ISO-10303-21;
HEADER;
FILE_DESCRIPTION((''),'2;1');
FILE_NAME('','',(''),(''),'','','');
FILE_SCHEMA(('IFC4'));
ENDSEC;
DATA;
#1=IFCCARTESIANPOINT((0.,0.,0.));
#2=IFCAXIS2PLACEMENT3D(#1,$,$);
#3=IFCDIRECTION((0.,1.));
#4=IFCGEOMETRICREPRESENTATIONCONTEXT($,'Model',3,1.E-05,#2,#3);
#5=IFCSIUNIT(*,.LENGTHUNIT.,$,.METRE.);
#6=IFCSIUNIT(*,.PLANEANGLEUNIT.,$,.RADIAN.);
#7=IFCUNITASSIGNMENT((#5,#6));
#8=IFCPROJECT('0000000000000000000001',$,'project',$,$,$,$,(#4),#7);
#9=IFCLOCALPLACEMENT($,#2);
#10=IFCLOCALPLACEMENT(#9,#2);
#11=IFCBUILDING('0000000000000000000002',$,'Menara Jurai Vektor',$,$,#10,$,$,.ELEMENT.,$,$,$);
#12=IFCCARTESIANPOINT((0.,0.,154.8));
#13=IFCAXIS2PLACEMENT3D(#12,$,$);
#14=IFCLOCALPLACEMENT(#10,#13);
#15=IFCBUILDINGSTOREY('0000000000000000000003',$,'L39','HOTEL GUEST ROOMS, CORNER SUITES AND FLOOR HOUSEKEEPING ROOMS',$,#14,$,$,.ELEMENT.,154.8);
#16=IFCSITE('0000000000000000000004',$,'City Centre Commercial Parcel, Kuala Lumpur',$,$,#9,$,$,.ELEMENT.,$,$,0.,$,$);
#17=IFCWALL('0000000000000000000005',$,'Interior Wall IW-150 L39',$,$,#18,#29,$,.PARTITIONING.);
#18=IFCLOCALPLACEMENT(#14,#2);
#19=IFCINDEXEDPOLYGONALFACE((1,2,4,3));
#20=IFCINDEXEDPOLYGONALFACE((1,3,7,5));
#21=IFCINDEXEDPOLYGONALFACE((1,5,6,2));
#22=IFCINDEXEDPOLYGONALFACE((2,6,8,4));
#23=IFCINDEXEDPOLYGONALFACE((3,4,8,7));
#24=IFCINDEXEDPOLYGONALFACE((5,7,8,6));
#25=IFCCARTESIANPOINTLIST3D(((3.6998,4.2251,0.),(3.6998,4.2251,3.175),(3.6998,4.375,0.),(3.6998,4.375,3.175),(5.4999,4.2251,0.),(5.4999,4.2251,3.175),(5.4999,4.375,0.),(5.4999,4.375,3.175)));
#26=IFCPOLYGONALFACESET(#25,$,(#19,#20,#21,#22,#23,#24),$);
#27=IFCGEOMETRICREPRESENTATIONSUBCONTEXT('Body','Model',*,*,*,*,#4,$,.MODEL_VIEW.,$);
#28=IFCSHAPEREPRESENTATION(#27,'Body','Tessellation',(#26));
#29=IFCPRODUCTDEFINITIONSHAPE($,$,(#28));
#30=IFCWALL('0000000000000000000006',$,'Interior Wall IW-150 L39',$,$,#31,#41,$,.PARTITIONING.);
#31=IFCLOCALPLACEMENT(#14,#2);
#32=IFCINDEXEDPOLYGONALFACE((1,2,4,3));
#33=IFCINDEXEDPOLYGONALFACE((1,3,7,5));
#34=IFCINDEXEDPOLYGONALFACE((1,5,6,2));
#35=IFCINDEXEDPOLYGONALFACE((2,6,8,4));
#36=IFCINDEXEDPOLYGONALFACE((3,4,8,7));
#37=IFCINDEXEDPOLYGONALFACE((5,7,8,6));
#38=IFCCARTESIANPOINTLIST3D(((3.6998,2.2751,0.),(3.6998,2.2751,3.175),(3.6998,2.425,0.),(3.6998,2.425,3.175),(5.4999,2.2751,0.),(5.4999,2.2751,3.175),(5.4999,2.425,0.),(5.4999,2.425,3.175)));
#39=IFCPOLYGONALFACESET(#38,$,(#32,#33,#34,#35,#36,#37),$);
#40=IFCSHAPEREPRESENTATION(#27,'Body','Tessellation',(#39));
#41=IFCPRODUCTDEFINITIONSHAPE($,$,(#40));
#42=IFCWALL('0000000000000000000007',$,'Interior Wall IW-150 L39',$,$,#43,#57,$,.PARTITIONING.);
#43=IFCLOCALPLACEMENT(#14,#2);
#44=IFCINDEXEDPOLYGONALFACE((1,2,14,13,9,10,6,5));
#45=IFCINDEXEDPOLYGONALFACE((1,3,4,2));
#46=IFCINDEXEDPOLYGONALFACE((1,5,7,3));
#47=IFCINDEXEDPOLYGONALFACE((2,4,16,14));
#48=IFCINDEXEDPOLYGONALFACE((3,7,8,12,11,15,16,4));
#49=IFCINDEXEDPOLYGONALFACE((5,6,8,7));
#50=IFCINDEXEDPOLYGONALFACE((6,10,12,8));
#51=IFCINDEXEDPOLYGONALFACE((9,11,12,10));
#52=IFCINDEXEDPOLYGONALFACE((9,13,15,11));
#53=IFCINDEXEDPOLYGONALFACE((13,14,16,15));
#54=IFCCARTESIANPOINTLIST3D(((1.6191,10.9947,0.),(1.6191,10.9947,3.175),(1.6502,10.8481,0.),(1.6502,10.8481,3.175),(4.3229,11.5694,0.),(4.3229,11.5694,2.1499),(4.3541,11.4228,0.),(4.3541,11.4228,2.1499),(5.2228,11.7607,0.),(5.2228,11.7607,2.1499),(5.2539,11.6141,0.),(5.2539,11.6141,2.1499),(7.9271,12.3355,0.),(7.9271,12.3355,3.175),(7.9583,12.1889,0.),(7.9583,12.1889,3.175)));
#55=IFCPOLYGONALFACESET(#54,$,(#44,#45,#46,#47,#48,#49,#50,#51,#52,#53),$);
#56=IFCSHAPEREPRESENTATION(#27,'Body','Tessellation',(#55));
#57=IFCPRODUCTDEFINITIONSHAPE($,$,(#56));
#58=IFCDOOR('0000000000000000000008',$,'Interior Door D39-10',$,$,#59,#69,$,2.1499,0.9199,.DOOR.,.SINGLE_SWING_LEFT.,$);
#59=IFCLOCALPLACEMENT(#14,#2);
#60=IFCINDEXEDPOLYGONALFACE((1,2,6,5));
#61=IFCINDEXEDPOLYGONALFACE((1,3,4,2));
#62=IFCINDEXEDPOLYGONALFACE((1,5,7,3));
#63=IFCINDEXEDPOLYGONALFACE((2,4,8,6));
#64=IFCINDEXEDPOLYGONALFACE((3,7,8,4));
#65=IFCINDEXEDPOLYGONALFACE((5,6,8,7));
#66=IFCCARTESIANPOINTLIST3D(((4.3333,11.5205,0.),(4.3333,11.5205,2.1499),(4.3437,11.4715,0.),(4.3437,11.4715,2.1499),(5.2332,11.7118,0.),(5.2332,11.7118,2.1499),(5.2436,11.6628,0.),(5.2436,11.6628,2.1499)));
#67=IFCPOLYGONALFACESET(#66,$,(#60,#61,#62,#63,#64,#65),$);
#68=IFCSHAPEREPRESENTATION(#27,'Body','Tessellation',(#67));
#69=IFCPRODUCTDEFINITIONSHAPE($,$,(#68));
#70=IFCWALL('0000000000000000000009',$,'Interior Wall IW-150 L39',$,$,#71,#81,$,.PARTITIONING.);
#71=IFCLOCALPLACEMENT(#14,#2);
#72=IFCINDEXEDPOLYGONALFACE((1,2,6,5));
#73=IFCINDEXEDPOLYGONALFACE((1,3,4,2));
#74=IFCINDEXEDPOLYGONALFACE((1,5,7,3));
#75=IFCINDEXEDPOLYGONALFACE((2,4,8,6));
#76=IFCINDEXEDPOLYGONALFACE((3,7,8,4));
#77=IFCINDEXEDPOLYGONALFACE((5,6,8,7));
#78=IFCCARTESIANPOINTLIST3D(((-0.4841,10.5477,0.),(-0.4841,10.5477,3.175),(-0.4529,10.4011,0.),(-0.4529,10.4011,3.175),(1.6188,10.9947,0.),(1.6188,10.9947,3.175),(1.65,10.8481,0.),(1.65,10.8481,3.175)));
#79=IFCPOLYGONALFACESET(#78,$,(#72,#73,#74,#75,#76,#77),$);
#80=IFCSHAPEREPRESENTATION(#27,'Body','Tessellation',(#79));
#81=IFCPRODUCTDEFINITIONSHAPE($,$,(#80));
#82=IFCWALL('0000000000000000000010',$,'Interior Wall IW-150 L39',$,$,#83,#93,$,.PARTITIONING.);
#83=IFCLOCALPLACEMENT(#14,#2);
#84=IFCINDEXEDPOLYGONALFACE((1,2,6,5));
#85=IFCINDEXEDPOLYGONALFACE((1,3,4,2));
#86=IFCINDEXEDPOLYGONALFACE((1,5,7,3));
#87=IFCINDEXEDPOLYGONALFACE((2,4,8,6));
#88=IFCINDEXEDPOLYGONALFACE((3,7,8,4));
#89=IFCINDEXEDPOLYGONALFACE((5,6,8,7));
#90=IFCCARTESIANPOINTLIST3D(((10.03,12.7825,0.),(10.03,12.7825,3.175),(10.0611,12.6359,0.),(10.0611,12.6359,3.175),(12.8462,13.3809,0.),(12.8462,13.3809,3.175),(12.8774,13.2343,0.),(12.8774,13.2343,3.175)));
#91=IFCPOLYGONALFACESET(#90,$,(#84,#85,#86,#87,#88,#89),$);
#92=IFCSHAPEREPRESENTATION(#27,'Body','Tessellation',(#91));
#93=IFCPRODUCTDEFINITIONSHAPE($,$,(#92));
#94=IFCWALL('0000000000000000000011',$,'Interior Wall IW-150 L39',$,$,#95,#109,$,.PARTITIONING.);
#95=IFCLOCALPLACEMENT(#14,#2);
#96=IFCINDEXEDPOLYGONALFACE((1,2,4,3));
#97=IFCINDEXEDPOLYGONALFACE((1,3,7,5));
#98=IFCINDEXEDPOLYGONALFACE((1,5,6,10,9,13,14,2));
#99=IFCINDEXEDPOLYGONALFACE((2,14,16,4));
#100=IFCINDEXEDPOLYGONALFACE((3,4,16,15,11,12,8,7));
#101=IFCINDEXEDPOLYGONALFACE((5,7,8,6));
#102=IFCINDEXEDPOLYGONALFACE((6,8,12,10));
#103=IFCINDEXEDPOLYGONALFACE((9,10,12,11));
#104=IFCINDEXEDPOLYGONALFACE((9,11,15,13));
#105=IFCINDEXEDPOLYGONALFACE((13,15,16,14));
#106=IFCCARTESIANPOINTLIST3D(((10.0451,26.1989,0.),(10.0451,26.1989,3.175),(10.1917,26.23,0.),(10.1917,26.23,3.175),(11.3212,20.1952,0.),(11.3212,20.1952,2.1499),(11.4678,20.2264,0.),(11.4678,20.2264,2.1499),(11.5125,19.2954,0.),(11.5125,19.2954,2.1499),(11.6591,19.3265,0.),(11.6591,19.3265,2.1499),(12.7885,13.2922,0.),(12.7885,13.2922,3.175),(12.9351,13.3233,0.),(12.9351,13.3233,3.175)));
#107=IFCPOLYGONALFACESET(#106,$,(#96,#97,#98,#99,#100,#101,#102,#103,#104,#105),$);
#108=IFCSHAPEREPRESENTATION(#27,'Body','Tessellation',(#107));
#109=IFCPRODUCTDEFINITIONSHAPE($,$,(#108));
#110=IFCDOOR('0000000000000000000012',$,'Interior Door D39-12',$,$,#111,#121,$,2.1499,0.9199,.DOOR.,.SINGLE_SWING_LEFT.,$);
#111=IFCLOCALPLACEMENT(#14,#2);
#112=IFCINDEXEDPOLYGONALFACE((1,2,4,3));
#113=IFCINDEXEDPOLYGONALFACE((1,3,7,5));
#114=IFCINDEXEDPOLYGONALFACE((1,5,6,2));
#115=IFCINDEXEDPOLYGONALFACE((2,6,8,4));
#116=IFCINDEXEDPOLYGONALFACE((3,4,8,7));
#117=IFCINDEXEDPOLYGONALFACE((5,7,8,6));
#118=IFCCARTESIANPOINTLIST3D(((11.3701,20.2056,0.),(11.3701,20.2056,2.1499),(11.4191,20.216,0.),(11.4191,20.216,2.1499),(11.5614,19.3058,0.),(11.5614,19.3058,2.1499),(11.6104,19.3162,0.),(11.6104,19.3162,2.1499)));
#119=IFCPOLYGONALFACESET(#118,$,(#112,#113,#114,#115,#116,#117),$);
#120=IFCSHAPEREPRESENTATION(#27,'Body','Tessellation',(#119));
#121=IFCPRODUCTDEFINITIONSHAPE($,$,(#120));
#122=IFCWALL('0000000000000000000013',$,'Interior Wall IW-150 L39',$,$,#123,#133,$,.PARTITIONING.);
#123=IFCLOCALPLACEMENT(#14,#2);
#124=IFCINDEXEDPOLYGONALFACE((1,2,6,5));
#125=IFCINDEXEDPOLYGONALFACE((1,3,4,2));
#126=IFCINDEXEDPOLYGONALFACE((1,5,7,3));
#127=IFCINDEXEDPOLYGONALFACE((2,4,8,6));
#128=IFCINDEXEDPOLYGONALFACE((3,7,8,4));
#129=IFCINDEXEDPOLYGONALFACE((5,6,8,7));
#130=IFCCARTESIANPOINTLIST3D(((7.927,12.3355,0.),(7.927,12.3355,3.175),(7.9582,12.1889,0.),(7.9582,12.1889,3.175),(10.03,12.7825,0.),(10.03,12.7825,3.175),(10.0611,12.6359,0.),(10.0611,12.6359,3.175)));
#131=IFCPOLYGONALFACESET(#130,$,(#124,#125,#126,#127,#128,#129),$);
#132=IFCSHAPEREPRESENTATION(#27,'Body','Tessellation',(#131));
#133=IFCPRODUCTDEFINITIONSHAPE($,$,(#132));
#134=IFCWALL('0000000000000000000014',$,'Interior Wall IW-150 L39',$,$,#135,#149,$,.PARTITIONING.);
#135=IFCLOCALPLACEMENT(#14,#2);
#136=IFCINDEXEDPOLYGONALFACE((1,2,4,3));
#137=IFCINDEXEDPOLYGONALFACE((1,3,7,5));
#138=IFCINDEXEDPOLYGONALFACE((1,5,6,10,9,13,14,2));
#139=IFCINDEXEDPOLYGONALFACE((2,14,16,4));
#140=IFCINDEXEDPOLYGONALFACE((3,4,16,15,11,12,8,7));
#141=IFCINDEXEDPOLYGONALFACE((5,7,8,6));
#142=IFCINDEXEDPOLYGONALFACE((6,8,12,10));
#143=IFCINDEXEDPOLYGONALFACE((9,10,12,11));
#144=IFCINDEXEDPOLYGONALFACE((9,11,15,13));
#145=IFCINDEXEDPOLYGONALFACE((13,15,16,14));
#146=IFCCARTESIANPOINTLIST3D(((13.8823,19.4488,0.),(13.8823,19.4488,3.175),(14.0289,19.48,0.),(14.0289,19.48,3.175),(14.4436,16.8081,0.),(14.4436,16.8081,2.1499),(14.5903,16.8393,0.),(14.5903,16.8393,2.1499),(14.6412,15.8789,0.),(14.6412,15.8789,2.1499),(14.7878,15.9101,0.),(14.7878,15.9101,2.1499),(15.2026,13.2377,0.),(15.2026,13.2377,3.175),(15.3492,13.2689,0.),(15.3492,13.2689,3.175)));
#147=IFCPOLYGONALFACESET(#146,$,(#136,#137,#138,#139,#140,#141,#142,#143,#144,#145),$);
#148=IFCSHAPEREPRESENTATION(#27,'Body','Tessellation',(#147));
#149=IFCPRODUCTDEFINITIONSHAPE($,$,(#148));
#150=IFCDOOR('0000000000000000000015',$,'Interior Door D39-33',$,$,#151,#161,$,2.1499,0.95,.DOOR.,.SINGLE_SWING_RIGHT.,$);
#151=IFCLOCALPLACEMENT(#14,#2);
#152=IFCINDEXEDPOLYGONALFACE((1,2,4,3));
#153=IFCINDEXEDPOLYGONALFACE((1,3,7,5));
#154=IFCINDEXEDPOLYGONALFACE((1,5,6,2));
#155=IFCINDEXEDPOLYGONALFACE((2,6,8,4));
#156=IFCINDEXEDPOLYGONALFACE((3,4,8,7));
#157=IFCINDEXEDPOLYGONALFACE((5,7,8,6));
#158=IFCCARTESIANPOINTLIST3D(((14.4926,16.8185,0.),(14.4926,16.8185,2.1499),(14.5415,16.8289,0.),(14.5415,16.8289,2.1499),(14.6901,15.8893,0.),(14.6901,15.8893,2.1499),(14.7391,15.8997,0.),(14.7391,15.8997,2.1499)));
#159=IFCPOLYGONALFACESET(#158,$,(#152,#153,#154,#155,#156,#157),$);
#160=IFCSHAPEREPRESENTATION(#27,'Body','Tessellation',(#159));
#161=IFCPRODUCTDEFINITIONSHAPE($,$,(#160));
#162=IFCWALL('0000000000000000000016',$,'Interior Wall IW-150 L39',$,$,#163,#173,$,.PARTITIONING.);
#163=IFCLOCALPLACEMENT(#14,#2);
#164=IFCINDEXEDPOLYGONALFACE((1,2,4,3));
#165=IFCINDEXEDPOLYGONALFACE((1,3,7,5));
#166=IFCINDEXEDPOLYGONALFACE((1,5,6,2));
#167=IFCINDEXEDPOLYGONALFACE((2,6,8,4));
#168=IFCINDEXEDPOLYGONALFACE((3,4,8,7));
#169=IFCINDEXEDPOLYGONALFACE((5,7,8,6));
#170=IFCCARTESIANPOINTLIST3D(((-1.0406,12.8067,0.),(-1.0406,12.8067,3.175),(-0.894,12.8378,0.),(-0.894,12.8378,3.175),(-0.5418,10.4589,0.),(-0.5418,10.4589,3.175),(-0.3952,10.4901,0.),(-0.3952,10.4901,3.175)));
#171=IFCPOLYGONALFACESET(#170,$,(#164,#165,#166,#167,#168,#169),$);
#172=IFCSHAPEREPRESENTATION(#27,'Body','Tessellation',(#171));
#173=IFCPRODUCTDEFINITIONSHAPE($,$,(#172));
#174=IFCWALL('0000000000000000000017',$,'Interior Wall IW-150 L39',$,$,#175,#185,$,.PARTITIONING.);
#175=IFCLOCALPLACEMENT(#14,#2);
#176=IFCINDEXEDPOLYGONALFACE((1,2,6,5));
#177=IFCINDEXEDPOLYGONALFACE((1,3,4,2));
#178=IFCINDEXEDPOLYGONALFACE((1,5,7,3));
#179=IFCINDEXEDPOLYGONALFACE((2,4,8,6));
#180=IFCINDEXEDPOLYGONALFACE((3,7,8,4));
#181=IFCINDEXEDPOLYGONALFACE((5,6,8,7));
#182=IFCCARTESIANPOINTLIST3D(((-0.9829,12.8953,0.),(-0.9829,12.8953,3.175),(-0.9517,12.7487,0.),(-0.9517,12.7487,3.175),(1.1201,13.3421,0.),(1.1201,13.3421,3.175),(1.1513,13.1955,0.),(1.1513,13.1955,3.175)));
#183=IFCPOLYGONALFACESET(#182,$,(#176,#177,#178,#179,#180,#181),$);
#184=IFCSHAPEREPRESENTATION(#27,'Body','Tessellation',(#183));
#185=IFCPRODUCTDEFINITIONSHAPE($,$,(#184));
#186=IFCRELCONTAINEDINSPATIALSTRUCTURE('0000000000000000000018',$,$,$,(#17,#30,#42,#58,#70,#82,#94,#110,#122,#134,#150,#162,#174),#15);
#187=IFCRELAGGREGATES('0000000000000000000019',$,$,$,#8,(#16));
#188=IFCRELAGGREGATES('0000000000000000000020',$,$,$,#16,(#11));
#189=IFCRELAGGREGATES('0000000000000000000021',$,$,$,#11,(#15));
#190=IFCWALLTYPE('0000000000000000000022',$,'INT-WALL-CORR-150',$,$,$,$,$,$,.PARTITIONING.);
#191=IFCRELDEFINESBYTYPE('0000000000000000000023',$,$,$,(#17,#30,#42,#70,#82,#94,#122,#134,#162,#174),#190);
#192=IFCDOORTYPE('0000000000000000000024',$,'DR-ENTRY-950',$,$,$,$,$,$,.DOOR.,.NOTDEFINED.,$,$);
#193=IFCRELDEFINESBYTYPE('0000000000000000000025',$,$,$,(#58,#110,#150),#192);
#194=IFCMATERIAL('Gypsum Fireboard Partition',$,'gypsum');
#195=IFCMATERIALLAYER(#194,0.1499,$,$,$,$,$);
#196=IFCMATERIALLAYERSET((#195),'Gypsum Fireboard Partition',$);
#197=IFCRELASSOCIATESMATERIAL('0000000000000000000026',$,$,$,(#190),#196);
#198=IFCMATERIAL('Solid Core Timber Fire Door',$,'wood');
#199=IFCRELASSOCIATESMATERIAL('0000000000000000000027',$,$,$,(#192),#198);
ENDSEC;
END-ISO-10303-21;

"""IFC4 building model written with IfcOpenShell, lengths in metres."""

from ifc_helpers import new_model, si_unit, direction, frame, frame_2d, origin, place, context, subcontext, project, spatial, rectangle, extrude, material, layer, layer_set, type_object, element, fill, save


model = new_model("IFC4")

# Units and contexts
model_context = context("Model", 3, precision=1e-05, world=origin(), true_north=direction((0.0, 1.0)))
body_context = subcontext(model_context, "Body", "Model", "MODEL_VIEW")
ifc_project = project(units=[si_unit("LENGTHUNIT", "METRE"), si_unit("PLANEANGLEUNIT", "RADIAN")], contexts=[model_context])

# Site, building, storey
site_placement = place(None, origin())
site = spatial("IfcSite", under=ifc_project, at=site_placement, Name="City Centre Commercial Parcel, Kuala Lumpur", CompositionType="ELEMENT", RefElevation=0.0)
building_placement = place(site_placement, origin())
building = spatial("IfcBuilding", under=site, at=building_placement, Name="Menara Jurai Vektor", CompositionType="ELEMENT")
storey_placement = place(building_placement, frame((0.0, 0.0, 154.8)))
storey = spatial("IfcBuildingStorey", under=building, at=storey_placement, Name="L39", Description="HOTEL GUEST ROOMS, CORNER SUITES AND FLOOR HOUSEKEEPING ROOMS", CompositionType="ELEMENT", Elevation=154.8)

# Walls
ifc_material_1 = material(Name="Gypsum Fireboard Partition", Category="gypsum")
ifc_layer_1 = layer(ifc_material_1, 0.1499)
ifc_layer_set_1 = layer_set([ifc_layer_1], Name="Gypsum Fireboard Partition")
wall_type_1 = type_object("IfcWallType", Name="INT-WALL-CORR-150", PredefinedType="PARTITIONING", material=ifc_layer_set_1)
for number, where, z_axis, x_axis, name in (
    (1, (3.7, 4.3, 0.0), (0.0, 0.0, 1.0), (1.0, 0.0, 0.0), "Interior Wall IW-150 L39"),
    (2, (3.7, 2.3501, 0.0), (0.0, 0.0, 1.0), (1.0, 0.0, 0.0), "Interior Wall IW-150 L39"),
):
    element("IfcWall", number, at=place(storey_placement, frame(where, z_axis=z_axis, x_axis=x_axis)), inside=storey, type_object=wall_type_1, Name=name, PredefinedType="PARTITIONING", context=body_context, shape_type="SweptSolid", body=[
        extrude(rectangle(XDim=1.8, YDim=0.1499, at=frame_2d((0.8999, 0.0))), origin(), (0.0, 0.0, 1.0), 3.175),
    ])

# Wall, opening, door
wall_1_placement = place(storey_placement, frame((1.6345, 10.9214, 0.0), z_axis=(0.0, 0.0, 1.0), x_axis=(0.978148, 0.20791, 0.0)))
wall_1 = element("IfcWall", 3, at=wall_1_placement, inside=storey, type_object=wall_type_1, Name="Interior Wall IW-150 L39", PredefinedType="PARTITIONING", context=body_context, shape_type="SweptSolid", body=[
    extrude(rectangle(XDim=6.449, YDim=0.1499, at=frame_2d((3.2246, 0.0))), origin(), (0.0, 0.0, 1.0), 3.175),
])
opening_1_placement = place(wall_1_placement, frame((2.7644, 0.0, 0.0)))
opening_1 = element("IfcOpeningElement", 4, at=opening_1_placement, cuts=wall_1, PredefinedType="OPENING", context=body_context, shape_type="SweptSolid", body=[
    extrude(rectangle(XDim=0.9199, YDim=2.1499, at=frame_2d((0.46, 1.075))), frame((0.0, 0.085, 0.0), z_axis=(0.0, -1.0, 0.0), x_axis=(1.0, 0.0, 0.0)), (0.0, 0.0, 1.0), 0.1699),
])
ifc_material_2 = material(Name="Solid Core Timber Fire Door", Category="wood")
door_type_1 = type_object("IfcDoorType", Name="DR-ENTRY-950", OperationType="NOTDEFINED", PredefinedType="DOOR", material=ifc_material_2)
door_1_placement = place(opening_1_placement, origin())
door_1 = element("IfcDoor", 5, at=door_1_placement, inside=storey, type_object=door_type_1, Name="Interior Door D39-10", OperationType="SINGLE_SWING_LEFT", OverallHeight=2.1499, OverallWidth=0.9199, PredefinedType="DOOR", context=body_context, shape_type="SweptSolid", body=[
    extrude(rectangle(XDim=0.9199, YDim=2.1499, at=frame_2d((0.46, 1.075))), frame((0.0, 0.0249, 0.0), z_axis=(0.0, -1.0, 0.0), x_axis=(1.0, 0.0, 0.0)), (0.0, 0.0, 1.0), 0.05),
])
fill(opening_1, door_1)

# Walls
wall_2_placement = place(storey_placement, frame((-0.4685, 10.4744, 0.0), z_axis=(0.0, 0.0, 1.0), x_axis=(0.978147, 0.207916, 0.0)))
element("IfcWall", 6, at=wall_2_placement, inside=storey, type_object=wall_type_1, Name="Interior Wall IW-150 L39", PredefinedType="PARTITIONING", context=body_context, shape_type="SweptSolid", body=[
    extrude(rectangle(XDim=2.1499, YDim=0.1499, at=frame_2d((1.075, 0.0))), origin(), (0.0, 0.0, 1.0), 3.175),
])
wall_3_placement = place(storey_placement, frame((10.0457, 12.7092, 0.0), z_axis=(0.0, 0.0, 1.0), x_axis=(0.978162, 0.207844, 0.0)))
element("IfcWall", 7, at=wall_3_placement, inside=storey, type_object=wall_type_1, Name="Interior Wall IW-150 L39", PredefinedType="PARTITIONING", context=body_context, shape_type="SweptSolid", body=[
    extrude(rectangle(XDim=2.8792, YDim=0.1499, at=frame_2d((1.4395, 0.0))), origin(), (0.0, 0.0, 1.0), 3.175),
])

# Wall, opening, door
wall_4_placement = place(storey_placement, frame((12.8618, 13.3076, 0.0), z_axis=(0.0, 0.0, 1.0), x_axis=(-0.207911, 0.978148, 0.0)))
wall_4 = element("IfcWall", 8, at=wall_4_placement, inside=storey, type_object=wall_type_1, Name="Interior Wall IW-150 L39", PredefinedType="PARTITIONING", context=body_context, shape_type="SweptSolid", body=[
    extrude(rectangle(XDim=13.1951, YDim=0.1499, at=frame_2d((6.5977, 0.0))), origin(), (0.0, 0.0, 1.0), 3.175),
])
opening_2_placement = place(wall_4_placement, frame((6.1375, 0.0, 0.0)))
opening_2 = element("IfcOpeningElement", 9, at=opening_2_placement, cuts=wall_4, PredefinedType="OPENING", context=body_context, shape_type="SweptSolid", body=[
    extrude(rectangle(XDim=0.9199, YDim=2.1499, at=frame_2d((0.46, 1.075))), frame((0.0, 0.085, 0.0), z_axis=(0.0, -1.0, 0.0), x_axis=(1.0, 0.0, 0.0)), (0.0, 0.0, 1.0), 0.1699),
])
door_2_placement = place(opening_2_placement, origin())
door_2 = element("IfcDoor", 10, at=door_2_placement, inside=storey, type_object=door_type_1, Name="Interior Door D39-12", OperationType="SINGLE_SWING_LEFT", OverallHeight=2.1499, OverallWidth=0.9199, PredefinedType="DOOR", context=body_context, shape_type="SweptSolid", body=[
    extrude(rectangle(XDim=0.9199, YDim=2.1499, at=frame_2d((0.46, 1.075))), frame((0.0, 0.0249, 0.0), z_axis=(0.0, -1.0, 0.0), x_axis=(1.0, 0.0, 0.0)), (0.0, 0.0, 1.0), 0.05),
])
fill(opening_2, door_2)

# Wall
wall_5_placement = place(storey_placement, frame((7.9426, 12.2622, 0.0), z_axis=(0.0, 0.0, 1.0), x_axis=(0.978147, 0.207916, 0.0)))
element("IfcWall", 11, at=wall_5_placement, inside=storey, type_object=wall_type_1, Name="Interior Wall IW-150 L39", PredefinedType="PARTITIONING", context=body_context, shape_type="SweptSolid", body=[
    extrude(rectangle(XDim=2.1499, YDim=0.1499, at=frame_2d((1.075, 0.0))), origin(), (0.0, 0.0, 1.0), 3.175),
])

# Wall, opening, door
wall_6_placement = place(storey_placement, frame((15.2759, 13.2534, 0.0), z_axis=(0.0, 0.0, 1.0), x_axis=(-0.207925, 0.978145, 0.0)))
wall_6 = element("IfcWall", 12, at=wall_6_placement, inside=storey, type_object=wall_type_1, Name="Interior Wall IW-150 L39", PredefinedType="PARTITIONING", context=body_context, shape_type="SweptSolid", body=[
    extrude(rectangle(XDim=6.3499, YDim=0.1499, at=frame_2d((3.1748, 0.0))), origin(), (0.0, 0.0, 1.0), 3.175),
])
opening_3_placement = place(wall_6_placement, frame((2.7, 0.0, 0.0)))
opening_3 = element("IfcOpeningElement", 13, at=opening_3_placement, cuts=wall_6, PredefinedType="OPENING", context=body_context, shape_type="SweptSolid", body=[
    extrude(rectangle(XDim=0.95, YDim=2.1499, at=frame_2d((0.4751, 1.075))), frame((0.0, 0.085, 0.0), z_axis=(0.0, -1.0, 0.0), x_axis=(1.0, 0.0, 0.0)), (0.0, 0.0, 1.0), 0.1699),
])
door_3_placement = place(opening_3_placement, origin())
door_3 = element("IfcDoor", 14, at=door_3_placement, inside=storey, type_object=door_type_1, Name="Interior Door D39-33", OperationType="SINGLE_SWING_RIGHT", OverallHeight=2.1499, OverallWidth=0.95, PredefinedType="DOOR", context=body_context, shape_type="SweptSolid", body=[
    extrude(rectangle(XDim=0.95, YDim=2.1499, at=frame_2d((0.4751, 1.075))), frame((0.0, 0.0249, 0.0), z_axis=(0.0, -1.0, 0.0), x_axis=(1.0, 0.0, 0.0)), (0.0, 0.0, 1.0), 0.05),
])
fill(opening_3, door_3)

# Walls
wall_7_placement = place(storey_placement, frame((-0.4685, 10.4744, 0.0), z_axis=(0.0, 0.0, 1.0), x_axis=(-0.20782, 0.978167, 0.0)))
element("IfcWall", 15, at=wall_7_placement, inside=storey, type_object=wall_type_1, Name="Interior Wall IW-150 L39", PredefinedType="PARTITIONING", context=body_context, shape_type="SweptSolid", body=[
    extrude(rectangle(XDim=2.4001, YDim=0.1499, at=frame_2d((1.2002, 0.0))), origin(), (0.0, 0.0, 1.0), 3.175),
])
wall_8_placement = place(storey_placement, frame((-0.9673, 12.822, 0.0), z_axis=(0.0, 0.0, 1.0), x_axis=(0.97817, 0.207807, 0.0)))
element("IfcWall", 16, at=wall_8_placement, inside=storey, type_object=wall_type_1, Name="Interior Wall IW-150 L39", PredefinedType="PARTITIONING", context=body_context, shape_type="SweptSolid", body=[
    extrude(rectangle(XDim=2.1499, YDim=0.1499, at=frame_2d((1.075, 0.0))), origin(), (0.0, 0.0, 1.0), 3.175),
])

save(model, "model.ifc")
